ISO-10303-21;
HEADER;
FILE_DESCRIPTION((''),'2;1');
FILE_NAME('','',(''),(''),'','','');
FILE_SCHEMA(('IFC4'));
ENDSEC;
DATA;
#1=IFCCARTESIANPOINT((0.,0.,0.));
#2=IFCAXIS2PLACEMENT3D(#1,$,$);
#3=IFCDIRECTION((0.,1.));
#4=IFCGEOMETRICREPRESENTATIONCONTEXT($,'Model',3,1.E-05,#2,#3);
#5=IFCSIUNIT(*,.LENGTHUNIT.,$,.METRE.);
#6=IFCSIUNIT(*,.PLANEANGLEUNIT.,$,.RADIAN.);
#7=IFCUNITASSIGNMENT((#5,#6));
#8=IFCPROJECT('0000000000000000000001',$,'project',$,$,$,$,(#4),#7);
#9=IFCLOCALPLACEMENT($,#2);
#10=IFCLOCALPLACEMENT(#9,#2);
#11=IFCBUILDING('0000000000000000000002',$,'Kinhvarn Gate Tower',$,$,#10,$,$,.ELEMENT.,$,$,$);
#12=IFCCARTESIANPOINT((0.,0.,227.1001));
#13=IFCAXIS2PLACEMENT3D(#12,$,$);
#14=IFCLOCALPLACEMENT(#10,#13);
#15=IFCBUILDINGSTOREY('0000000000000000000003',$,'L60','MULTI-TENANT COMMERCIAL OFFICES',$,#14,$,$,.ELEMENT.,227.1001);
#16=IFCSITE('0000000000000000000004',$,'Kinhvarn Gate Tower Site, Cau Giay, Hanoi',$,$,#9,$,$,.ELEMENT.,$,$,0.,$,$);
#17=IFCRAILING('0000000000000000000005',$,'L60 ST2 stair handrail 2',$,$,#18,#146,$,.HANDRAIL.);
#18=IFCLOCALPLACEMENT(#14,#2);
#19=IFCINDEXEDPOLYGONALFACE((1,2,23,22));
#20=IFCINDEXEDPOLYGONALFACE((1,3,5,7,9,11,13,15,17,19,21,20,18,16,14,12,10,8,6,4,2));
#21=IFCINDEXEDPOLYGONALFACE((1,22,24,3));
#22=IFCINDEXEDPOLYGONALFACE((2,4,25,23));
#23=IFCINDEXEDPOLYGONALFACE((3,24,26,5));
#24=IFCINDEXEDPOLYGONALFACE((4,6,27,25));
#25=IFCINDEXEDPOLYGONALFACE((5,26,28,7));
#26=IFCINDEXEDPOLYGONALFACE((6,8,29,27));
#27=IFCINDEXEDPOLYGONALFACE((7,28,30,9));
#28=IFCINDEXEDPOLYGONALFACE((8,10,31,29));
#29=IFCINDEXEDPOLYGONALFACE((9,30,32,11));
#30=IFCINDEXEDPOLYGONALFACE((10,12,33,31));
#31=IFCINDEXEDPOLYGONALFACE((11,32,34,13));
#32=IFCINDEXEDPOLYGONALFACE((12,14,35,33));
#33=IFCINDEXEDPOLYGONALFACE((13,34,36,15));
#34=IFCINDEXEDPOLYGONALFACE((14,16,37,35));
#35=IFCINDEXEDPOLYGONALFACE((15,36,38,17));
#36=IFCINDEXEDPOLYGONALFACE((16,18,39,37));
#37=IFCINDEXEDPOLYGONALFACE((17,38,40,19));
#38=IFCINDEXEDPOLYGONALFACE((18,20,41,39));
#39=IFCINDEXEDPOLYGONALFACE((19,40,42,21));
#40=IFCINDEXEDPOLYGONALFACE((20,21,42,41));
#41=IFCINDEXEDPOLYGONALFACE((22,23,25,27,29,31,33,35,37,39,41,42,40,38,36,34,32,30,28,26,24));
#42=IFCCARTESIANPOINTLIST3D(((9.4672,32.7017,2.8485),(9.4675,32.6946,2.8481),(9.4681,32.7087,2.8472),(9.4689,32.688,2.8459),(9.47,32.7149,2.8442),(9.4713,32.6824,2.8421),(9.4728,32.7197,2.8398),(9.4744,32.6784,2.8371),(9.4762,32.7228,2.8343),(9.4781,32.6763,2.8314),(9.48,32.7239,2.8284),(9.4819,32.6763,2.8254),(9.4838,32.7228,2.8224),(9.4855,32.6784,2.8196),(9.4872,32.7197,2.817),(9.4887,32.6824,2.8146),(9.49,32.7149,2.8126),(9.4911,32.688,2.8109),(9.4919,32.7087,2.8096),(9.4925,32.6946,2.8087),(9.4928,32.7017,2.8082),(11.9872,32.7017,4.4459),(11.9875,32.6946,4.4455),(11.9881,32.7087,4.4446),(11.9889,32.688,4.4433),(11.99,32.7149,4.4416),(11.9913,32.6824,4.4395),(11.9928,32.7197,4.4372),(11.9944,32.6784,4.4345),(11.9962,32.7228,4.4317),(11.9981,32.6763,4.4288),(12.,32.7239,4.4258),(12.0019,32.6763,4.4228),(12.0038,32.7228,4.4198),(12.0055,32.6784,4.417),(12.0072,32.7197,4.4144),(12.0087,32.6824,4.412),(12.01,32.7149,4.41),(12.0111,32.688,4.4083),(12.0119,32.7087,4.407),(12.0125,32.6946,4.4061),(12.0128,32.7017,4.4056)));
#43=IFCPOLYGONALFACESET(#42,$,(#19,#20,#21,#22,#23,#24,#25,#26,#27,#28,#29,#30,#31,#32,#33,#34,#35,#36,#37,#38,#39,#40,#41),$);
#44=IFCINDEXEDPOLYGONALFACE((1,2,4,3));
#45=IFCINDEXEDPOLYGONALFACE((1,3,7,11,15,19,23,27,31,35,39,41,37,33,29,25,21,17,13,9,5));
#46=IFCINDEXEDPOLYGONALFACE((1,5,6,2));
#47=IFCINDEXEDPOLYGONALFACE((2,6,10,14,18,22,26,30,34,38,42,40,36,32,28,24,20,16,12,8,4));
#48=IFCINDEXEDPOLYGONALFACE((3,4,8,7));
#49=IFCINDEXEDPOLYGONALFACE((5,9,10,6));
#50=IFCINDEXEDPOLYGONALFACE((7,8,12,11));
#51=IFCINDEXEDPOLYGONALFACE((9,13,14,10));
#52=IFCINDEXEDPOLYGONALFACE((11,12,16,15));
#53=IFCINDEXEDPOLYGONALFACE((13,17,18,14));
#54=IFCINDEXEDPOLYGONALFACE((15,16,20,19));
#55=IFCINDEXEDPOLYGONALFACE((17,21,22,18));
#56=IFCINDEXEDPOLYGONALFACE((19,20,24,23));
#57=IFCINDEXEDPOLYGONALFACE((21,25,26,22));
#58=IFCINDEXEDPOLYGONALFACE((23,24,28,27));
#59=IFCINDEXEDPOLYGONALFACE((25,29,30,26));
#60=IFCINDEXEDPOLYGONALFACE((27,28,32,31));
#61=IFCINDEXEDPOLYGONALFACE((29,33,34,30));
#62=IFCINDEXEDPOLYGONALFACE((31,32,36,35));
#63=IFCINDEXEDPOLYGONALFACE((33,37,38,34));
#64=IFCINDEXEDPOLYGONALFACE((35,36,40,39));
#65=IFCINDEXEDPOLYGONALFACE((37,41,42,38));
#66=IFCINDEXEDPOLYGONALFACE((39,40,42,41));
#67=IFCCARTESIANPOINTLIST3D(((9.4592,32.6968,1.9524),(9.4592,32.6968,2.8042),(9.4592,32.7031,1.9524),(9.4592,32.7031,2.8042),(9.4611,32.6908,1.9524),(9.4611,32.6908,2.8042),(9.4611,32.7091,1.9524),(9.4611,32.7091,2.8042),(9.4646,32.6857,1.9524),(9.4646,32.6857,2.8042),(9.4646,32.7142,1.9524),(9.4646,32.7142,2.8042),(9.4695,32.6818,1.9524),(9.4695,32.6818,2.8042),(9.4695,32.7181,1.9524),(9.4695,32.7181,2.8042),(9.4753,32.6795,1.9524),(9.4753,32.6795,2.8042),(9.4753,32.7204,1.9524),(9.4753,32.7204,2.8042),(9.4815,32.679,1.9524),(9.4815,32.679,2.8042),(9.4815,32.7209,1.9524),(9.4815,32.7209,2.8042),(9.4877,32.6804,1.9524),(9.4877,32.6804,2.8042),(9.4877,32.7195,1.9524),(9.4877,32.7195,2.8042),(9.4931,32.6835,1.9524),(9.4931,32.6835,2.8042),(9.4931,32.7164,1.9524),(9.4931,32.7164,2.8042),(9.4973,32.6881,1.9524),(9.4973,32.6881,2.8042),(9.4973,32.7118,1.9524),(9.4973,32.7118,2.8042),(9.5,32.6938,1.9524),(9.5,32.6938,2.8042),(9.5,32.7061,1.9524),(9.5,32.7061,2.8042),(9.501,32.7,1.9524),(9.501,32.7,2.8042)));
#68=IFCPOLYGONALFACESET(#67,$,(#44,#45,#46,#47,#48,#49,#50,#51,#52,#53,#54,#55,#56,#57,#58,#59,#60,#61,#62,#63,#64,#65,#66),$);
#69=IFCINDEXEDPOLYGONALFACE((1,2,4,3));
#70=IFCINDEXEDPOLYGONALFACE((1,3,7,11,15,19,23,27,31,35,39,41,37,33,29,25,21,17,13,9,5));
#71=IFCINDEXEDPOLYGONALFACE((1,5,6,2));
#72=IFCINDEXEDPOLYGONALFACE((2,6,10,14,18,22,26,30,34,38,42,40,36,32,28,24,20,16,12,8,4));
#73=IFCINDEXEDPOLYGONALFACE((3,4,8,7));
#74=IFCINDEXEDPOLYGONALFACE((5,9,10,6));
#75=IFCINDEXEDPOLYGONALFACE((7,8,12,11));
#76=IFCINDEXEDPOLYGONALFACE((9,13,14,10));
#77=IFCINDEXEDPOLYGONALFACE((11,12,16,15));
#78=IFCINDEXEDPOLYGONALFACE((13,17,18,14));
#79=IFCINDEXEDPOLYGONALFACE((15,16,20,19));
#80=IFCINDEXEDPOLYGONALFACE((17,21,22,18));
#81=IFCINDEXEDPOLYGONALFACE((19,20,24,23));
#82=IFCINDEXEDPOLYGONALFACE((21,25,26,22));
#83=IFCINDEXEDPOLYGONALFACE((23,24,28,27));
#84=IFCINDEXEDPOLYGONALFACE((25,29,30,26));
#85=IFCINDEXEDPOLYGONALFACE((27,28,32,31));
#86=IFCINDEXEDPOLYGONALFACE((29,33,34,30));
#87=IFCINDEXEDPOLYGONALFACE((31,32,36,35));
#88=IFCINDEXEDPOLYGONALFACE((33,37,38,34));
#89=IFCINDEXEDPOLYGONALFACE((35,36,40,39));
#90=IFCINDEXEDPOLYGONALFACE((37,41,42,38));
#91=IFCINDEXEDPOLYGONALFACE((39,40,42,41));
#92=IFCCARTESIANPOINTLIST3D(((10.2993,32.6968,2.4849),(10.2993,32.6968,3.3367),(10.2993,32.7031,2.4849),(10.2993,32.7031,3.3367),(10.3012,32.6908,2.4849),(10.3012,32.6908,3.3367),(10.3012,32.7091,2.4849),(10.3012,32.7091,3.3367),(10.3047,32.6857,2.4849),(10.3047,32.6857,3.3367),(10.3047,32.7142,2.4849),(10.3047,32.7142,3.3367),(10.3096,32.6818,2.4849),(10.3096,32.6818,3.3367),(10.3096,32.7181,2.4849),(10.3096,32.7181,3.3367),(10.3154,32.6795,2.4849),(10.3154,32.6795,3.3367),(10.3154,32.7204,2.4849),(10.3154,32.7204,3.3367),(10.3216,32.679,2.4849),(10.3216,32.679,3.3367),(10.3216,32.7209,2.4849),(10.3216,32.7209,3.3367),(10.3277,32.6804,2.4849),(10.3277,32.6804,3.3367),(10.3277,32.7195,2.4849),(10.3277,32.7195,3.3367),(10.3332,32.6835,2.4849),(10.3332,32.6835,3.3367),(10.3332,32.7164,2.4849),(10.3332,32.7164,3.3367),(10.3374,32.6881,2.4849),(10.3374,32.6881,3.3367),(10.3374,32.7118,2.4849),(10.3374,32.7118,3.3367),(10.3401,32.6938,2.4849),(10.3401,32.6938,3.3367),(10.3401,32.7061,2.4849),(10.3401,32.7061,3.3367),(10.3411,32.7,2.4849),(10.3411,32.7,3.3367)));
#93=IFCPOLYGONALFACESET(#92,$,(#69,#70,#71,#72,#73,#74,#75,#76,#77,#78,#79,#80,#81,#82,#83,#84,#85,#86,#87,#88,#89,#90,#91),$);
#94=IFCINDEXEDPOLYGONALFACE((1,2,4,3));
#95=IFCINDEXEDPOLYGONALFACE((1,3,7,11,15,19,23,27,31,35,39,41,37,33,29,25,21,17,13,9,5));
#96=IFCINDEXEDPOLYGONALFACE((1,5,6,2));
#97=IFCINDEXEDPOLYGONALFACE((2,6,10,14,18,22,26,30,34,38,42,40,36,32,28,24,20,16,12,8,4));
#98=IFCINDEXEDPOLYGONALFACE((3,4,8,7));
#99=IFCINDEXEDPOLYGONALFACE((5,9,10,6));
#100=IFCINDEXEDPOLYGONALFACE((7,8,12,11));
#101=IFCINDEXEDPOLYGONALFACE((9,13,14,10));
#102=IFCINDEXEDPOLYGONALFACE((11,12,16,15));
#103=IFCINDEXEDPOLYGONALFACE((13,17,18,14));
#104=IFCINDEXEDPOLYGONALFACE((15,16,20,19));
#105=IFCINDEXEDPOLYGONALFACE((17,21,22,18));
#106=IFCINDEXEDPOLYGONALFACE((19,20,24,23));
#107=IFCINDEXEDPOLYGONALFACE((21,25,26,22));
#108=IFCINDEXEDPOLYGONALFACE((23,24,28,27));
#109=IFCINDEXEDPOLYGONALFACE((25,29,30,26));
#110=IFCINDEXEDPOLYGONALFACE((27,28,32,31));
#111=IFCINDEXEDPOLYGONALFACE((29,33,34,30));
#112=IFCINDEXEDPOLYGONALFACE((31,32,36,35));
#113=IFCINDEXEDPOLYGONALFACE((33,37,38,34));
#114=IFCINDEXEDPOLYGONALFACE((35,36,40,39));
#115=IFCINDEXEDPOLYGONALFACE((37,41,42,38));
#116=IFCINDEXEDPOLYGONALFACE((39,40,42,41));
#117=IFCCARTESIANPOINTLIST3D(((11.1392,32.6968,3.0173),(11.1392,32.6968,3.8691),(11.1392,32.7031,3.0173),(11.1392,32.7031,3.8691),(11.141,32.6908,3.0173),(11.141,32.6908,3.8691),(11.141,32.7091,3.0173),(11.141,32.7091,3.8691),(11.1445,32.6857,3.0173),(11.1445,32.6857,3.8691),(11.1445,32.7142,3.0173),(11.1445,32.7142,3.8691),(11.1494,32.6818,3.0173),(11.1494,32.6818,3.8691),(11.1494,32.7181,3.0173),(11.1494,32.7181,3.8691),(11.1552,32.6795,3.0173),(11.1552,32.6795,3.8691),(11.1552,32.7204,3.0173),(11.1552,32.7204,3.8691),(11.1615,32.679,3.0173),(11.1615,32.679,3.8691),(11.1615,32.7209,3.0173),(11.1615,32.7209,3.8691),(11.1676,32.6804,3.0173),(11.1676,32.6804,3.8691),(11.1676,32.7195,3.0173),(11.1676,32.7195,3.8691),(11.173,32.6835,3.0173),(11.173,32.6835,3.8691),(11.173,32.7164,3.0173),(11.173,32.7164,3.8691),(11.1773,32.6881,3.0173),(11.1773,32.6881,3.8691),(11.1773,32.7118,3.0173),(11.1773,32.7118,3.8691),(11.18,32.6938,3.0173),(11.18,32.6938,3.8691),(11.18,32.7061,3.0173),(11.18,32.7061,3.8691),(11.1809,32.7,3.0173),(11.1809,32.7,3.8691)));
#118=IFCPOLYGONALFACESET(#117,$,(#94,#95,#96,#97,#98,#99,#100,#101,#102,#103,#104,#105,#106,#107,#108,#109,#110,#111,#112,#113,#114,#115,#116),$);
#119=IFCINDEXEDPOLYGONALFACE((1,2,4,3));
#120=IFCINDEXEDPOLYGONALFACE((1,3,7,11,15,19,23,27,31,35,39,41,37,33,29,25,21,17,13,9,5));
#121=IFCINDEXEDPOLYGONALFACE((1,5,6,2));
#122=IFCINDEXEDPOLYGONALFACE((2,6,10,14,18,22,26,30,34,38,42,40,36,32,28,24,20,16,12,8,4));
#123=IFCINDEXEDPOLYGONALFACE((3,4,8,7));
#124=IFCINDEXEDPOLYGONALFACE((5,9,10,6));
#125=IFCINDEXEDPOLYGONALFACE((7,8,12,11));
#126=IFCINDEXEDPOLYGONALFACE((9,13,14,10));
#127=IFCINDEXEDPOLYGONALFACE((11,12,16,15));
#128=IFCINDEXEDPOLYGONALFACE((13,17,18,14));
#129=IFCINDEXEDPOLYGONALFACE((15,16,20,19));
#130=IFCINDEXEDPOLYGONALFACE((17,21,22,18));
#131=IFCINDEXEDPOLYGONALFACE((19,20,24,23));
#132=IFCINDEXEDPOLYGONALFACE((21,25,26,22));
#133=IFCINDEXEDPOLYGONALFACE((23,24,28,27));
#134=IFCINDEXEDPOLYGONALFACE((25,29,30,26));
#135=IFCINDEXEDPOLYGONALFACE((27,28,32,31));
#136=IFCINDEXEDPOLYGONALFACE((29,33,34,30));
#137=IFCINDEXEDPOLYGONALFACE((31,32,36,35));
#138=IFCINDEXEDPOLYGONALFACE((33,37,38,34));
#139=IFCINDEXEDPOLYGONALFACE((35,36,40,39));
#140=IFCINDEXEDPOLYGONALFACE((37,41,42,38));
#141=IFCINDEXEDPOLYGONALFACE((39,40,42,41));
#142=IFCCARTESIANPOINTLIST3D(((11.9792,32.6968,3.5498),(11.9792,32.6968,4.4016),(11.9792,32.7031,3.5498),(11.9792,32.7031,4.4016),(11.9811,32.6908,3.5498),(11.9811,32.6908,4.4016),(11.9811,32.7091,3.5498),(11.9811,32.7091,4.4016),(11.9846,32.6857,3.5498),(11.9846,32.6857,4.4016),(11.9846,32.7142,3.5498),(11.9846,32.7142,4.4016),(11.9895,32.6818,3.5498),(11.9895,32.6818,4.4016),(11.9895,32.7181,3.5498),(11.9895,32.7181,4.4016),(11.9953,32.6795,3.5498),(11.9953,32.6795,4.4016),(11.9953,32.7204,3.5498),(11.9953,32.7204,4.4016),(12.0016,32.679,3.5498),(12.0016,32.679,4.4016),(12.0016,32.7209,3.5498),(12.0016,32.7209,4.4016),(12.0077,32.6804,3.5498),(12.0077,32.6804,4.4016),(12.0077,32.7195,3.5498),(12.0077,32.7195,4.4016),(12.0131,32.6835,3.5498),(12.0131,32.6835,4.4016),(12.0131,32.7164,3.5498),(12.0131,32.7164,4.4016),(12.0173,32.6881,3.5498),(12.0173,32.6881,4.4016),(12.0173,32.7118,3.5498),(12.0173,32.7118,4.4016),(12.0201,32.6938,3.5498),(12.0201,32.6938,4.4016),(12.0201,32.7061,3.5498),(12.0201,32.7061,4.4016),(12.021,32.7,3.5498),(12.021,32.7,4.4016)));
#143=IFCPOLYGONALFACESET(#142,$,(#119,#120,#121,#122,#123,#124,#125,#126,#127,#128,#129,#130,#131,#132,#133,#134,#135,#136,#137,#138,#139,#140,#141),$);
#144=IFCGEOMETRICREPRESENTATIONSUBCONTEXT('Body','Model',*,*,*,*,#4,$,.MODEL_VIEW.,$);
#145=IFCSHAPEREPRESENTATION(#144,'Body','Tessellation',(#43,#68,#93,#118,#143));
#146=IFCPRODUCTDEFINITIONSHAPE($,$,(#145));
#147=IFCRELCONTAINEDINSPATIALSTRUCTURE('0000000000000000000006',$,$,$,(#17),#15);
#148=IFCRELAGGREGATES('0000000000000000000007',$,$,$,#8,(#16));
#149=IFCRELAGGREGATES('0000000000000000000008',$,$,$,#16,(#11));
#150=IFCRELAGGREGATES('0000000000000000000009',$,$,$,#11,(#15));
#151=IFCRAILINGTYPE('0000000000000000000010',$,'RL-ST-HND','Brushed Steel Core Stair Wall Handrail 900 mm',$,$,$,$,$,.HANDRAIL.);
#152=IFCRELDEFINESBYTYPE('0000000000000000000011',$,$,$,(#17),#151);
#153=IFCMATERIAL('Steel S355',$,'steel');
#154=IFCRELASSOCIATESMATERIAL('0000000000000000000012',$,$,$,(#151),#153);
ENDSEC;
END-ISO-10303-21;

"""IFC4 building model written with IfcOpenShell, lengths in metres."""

from ifc_helpers import new_model, si_unit, direction, frame, origin, origin_2d, place, context, subcontext, project, spatial, circle, extrude, material, type_object, element, save


model = new_model("IFC4")

# Units and contexts
model_context = context("Model", 3, precision=1e-05, world=origin(), true_north=direction((0.0, 1.0)))
body_context = subcontext(model_context, "Body", "Model", "MODEL_VIEW")
ifc_project = project(units=[si_unit("LENGTHUNIT", "METRE"), si_unit("PLANEANGLEUNIT", "RADIAN")], contexts=[model_context])

# Site, building, storey
site_placement = place(None, origin())
site = spatial("IfcSite", under=ifc_project, at=site_placement, Name="Kinhvarn Gate Tower Site, Cau Giay, Hanoi", CompositionType="ELEMENT", RefElevation=0.0)
building_placement = place(site_placement, origin())
building = spatial("IfcBuilding", under=site, at=building_placement, Name="Kinhvarn Gate Tower", CompositionType="ELEMENT")
storey_placement = place(building_placement, frame((0.0, 0.0, 227.1001)))
storey = spatial("IfcBuildingStorey", under=building, at=storey_placement, Name="L60", Description="MULTI-TENANT COMMERCIAL OFFICES", CompositionType="ELEMENT", Elevation=227.1001)

# Railing
ifc_material_1 = material(Name="Steel S355", Category="steel")
railing_type_1 = type_object("IfcRailingType", Name="RL-ST-HND", Description="Brushed Steel Core Stair Wall Handrail 900 mm", PredefinedType="HANDRAIL", material=ifc_material_1)
railing_1_placement = place(storey_placement, frame((9.48, 32.7, 1.9524)))
element("IfcRailing", 1, at=railing_1_placement, inside=storey, type_object=railing_type_1, Name="L60 ST2 stair handrail 2", PredefinedType="HANDRAIL", context=body_context, shape_type="SweptSolid", body=[
    extrude(circle(Radius=0.0239, at=origin_2d()), frame((0.0, 0.0, 0.876), z_axis=(0.844607, 0.0, 0.535387), x_axis=(0.0, 1.0, 0.0)), (0.0, 0.0, 1.0), 2.9836),
    extrude(circle(Radius=0.021, at=origin_2d()), origin(), (0.0, 0.0, 1.0), 0.8518),
    extrude(circle(Radius=0.021, at=origin_2d()), frame((0.8401, 0.0, 0.5325)), (0.0, 0.0, 1.0), 0.8518),
    extrude(circle(Radius=0.021, at=origin_2d()), frame((1.6799, 0.0, 1.0649)), (0.0, 0.0, 1.0), 0.8518),
    extrude(circle(Radius=0.021, at=origin_2d()), frame((2.52, 0.0, 1.5974)), (0.0, 0.0, 1.0), 0.8518),
])

save(model, "model.ifc")
